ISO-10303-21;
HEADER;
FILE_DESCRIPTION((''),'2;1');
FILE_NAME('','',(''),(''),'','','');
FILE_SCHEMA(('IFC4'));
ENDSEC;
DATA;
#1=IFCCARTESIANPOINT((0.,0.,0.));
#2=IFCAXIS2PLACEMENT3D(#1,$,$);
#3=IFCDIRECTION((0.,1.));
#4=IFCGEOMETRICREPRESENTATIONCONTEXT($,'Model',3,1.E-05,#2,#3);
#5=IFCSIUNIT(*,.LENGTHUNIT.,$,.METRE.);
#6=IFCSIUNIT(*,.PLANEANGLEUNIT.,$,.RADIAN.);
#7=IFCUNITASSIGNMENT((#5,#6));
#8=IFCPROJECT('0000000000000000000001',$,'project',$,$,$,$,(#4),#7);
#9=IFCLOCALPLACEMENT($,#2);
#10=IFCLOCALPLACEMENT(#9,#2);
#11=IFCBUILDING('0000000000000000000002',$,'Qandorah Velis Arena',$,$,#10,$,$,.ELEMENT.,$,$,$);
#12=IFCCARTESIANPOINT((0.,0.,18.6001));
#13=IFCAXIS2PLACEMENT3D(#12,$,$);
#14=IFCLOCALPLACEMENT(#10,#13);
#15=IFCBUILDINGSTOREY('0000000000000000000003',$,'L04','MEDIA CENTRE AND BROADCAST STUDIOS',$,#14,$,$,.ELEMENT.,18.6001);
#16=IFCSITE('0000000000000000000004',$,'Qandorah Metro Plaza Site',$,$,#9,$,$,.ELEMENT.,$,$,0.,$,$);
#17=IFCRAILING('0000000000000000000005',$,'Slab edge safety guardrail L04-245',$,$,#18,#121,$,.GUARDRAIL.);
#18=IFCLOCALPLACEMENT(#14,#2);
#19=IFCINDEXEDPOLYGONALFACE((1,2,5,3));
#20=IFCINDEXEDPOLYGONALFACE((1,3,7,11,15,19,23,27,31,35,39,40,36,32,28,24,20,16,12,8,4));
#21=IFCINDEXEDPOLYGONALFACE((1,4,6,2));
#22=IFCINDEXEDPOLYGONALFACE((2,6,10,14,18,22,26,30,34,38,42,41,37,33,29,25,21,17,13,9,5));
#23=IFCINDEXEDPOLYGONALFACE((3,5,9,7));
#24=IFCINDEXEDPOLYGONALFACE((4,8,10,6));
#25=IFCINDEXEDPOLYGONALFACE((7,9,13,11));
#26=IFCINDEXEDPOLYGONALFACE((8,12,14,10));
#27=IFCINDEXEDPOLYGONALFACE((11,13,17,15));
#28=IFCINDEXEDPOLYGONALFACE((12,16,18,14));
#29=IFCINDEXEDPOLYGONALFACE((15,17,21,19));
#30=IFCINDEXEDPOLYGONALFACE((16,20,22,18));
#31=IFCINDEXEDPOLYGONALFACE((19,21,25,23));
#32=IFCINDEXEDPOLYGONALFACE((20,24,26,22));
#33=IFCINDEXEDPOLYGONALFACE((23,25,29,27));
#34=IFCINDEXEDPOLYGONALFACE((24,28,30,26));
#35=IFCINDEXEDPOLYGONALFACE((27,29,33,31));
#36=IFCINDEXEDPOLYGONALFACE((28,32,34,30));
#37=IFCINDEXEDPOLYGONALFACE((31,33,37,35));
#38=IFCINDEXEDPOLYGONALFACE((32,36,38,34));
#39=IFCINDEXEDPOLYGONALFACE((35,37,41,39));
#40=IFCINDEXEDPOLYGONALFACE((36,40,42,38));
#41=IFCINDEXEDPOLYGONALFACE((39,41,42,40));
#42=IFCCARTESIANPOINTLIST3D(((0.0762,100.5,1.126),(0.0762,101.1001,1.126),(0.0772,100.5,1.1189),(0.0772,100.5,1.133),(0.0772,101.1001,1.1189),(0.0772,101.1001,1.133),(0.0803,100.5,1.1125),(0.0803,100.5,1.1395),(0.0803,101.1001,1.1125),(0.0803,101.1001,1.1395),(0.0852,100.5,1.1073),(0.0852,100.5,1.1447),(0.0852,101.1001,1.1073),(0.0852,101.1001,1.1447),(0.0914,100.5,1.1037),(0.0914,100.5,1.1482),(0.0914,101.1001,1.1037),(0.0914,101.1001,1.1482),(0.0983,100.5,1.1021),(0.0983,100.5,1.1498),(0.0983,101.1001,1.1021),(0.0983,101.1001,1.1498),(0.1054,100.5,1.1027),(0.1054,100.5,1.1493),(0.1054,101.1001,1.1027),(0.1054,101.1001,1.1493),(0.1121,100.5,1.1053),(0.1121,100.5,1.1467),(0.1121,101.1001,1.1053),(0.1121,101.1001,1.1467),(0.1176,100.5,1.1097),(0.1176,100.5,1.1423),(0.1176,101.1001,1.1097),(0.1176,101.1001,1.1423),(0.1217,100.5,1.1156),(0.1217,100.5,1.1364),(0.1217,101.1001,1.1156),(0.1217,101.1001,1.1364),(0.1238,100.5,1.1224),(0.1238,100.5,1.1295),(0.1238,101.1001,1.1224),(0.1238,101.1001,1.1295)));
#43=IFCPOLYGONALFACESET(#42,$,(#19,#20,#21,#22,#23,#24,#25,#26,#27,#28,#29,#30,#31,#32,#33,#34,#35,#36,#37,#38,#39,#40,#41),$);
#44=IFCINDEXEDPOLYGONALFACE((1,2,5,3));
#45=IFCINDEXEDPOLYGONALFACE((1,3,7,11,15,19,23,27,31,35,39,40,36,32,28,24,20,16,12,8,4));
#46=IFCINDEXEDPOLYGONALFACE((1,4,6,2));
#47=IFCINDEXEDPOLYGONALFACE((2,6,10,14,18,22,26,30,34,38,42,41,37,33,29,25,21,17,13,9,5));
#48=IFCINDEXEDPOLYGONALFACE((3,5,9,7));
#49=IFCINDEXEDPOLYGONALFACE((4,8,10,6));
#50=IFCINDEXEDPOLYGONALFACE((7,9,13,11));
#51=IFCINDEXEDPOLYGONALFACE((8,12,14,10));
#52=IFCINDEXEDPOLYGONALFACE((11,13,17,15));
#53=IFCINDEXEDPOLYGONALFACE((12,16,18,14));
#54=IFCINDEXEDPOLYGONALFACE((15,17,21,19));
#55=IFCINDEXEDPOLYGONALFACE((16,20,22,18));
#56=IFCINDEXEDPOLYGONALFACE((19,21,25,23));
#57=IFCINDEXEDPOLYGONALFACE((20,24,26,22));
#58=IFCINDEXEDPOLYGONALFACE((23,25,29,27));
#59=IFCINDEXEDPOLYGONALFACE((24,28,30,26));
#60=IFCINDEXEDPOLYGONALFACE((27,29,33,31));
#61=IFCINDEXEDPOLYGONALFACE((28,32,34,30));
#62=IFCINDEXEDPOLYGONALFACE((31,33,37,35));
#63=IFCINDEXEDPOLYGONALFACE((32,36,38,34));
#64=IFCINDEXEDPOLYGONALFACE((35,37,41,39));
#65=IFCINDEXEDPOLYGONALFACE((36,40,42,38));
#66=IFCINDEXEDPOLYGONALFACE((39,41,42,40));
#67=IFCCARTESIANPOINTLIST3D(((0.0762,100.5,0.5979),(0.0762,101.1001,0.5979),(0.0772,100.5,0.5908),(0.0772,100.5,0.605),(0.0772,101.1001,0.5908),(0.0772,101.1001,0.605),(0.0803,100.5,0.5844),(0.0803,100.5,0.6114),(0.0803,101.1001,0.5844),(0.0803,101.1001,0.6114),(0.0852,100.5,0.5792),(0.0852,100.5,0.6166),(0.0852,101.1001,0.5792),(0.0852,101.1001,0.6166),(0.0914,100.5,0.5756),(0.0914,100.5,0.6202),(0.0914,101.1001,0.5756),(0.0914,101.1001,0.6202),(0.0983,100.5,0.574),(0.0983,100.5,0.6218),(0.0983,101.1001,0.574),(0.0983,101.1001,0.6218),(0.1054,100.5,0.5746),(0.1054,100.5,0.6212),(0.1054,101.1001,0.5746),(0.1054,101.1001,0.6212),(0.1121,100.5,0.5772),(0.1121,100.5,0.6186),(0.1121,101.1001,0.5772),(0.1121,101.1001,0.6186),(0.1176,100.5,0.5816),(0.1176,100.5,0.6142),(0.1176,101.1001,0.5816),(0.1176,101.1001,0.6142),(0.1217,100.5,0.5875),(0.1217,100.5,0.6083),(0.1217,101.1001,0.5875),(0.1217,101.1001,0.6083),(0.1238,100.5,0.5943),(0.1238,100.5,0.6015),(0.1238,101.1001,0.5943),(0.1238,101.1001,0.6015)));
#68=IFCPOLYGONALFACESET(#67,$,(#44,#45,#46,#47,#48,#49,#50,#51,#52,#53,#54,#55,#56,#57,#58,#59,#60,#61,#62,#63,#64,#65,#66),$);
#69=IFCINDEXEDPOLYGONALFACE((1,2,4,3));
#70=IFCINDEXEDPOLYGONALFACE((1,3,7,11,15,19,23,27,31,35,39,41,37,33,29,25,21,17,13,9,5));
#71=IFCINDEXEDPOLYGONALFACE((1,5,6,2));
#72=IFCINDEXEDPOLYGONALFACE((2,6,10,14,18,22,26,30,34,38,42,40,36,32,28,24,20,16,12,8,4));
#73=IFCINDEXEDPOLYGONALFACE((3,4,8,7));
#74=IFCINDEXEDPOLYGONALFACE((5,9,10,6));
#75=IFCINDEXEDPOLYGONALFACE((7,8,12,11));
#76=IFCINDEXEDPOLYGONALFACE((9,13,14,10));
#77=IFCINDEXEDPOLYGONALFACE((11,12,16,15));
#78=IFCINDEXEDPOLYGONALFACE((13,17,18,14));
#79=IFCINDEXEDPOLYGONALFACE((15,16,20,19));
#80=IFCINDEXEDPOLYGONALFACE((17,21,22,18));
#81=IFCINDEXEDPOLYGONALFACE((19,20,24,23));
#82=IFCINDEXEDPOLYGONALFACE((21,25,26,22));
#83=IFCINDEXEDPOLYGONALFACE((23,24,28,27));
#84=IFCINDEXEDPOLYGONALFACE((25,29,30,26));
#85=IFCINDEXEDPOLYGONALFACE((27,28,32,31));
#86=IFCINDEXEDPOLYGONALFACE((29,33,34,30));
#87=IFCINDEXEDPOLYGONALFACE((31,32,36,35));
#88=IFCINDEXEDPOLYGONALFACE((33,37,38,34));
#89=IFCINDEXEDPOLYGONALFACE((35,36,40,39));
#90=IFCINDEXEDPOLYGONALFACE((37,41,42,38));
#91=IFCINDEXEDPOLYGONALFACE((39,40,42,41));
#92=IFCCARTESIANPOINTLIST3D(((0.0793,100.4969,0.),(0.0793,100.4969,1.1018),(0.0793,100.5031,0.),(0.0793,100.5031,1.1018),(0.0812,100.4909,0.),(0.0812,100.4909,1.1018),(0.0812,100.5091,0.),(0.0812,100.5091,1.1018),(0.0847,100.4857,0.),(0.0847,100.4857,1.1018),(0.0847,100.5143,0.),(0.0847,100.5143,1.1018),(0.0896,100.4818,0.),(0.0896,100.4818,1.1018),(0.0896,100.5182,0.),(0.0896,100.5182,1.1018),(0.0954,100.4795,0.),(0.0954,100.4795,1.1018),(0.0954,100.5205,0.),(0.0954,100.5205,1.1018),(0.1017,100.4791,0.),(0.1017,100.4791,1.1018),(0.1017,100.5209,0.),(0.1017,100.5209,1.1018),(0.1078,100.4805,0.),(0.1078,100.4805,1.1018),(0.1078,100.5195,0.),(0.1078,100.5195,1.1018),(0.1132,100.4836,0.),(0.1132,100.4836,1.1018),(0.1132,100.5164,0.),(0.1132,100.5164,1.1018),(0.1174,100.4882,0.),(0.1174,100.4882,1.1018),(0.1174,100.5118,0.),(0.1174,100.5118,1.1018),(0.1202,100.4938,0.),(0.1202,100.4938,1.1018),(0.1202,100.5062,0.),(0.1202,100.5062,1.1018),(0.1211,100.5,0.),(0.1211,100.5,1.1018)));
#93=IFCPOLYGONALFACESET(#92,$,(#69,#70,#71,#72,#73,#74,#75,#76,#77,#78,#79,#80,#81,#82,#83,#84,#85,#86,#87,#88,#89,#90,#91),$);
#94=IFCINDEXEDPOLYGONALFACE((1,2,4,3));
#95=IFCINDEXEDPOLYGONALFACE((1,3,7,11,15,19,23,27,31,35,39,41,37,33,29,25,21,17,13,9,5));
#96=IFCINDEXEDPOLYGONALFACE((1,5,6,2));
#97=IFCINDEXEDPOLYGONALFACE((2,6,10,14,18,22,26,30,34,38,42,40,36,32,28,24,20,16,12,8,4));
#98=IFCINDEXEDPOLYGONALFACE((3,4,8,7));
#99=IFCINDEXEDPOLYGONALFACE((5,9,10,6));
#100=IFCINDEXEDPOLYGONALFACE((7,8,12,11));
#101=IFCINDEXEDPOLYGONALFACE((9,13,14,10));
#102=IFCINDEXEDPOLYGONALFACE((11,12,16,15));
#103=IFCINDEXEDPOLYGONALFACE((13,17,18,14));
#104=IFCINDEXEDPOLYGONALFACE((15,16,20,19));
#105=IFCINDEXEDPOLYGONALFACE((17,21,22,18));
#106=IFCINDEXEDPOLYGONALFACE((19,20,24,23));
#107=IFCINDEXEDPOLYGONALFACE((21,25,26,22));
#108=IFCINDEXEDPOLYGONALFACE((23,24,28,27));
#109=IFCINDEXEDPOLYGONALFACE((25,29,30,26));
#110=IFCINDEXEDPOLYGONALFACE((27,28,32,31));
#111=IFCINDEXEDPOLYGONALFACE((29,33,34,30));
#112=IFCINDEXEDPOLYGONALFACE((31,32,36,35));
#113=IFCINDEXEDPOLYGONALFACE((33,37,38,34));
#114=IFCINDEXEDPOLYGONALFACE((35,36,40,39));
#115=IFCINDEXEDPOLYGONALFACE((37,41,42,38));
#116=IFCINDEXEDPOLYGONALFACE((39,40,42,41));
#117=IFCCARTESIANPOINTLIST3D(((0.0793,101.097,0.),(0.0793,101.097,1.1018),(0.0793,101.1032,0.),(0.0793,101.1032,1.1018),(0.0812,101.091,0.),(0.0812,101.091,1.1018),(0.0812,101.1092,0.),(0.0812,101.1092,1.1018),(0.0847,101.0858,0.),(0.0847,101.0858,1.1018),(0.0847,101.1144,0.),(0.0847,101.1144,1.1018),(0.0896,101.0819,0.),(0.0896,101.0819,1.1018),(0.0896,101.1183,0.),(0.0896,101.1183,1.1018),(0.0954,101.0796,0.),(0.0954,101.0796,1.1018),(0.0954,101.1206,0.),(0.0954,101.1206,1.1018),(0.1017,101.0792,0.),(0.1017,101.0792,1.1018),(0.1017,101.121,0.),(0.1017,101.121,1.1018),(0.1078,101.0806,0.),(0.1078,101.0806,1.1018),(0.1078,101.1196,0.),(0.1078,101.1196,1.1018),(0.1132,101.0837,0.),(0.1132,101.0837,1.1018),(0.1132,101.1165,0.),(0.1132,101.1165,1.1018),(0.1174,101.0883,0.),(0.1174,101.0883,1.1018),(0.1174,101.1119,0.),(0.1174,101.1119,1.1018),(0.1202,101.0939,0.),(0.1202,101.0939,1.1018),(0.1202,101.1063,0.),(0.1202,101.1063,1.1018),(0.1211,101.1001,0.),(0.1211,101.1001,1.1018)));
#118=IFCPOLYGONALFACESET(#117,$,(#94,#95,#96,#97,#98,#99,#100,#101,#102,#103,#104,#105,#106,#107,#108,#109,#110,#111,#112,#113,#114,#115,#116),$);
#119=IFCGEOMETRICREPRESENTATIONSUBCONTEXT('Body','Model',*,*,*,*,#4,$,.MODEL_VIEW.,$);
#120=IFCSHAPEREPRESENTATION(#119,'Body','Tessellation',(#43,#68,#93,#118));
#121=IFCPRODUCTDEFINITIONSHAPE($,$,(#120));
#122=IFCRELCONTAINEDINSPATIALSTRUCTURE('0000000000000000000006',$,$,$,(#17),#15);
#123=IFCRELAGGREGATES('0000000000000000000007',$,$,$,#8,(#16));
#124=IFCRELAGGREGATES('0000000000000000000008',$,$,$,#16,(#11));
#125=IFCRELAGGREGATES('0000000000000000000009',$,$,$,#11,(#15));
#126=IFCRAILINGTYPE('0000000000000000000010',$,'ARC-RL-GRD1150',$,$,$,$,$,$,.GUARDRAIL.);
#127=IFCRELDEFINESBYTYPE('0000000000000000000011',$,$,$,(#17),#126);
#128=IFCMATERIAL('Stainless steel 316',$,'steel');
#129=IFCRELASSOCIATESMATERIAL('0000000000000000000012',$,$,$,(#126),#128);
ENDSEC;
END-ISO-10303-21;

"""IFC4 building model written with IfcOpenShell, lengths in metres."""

from ifc_helpers import new_model, si_unit, direction, frame, origin, origin_2d, place, context, subcontext, project, spatial, circle, extrude, material, type_object, element, save


model = new_model("IFC4")

# Units and contexts
model_context = context("Model", 3, precision=1e-05, world=origin(), true_north=direction((0.0, 1.0)))
body_context = subcontext(model_context, "Body", "Model", "MODEL_VIEW")
ifc_project = project(units=[si_unit("LENGTHUNIT", "METRE"), si_unit("PLANEANGLEUNIT", "RADIAN")], contexts=[model_context])

# Site, building, storey
site_placement = place(None, origin())
site = spatial("IfcSite", under=ifc_project, at=site_placement, Name="Qandorah Metro Plaza Site", CompositionType="ELEMENT", RefElevation=0.0)
building_placement = place(site_placement, origin())
building = spatial("IfcBuilding", under=site, at=building_placement, Name="Qandorah Velis Arena", CompositionType="ELEMENT")
storey_placement = place(building_placement, frame((0.0, 0.0, 18.6001)))
storey = spatial("IfcBuildingStorey", under=building, at=storey_placement, Name="L04", Description="MEDIA CENTRE AND BROADCAST STUDIOS", CompositionType="ELEMENT", Elevation=18.6001)

# Railing
ifc_material_1 = material(Name="Stainless steel 316", Category="steel")
railing_type = type_object("IfcRailingType", Name="ARC-RL-GRD1150", PredefinedType="GUARDRAIL", material=ifc_material_1)
railing_placement = place(storey_placement, frame((0.1001, 100.5, 0.0)))
element("IfcRailing", 1, at=railing_placement, inside=storey, type_object=railing_type, Name="Slab edge safety guardrail L04-245", PredefinedType="GUARDRAIL", context=body_context, shape_type="SweptSolid", body=[
    extrude(circle(Radius=0.0239, at=origin_2d()), frame((0.0, 0.0, 1.126), z_axis=(0.0, 1.0, 0.0), x_axis=(-1.0, 0.0, 0.0)), (0.0, 0.0, 1.0), 0.6001),
    extrude(circle(Radius=0.0239, at=origin_2d()), frame((0.0, 0.0, 0.5979), z_axis=(0.0, 1.0, 0.0), x_axis=(-1.0, 0.0, 0.0)), (0.0, 0.0, 1.0), 0.6001),
    extrude(circle(Radius=0.021, at=origin_2d()), origin(), (0.0, 0.0, 1.0), 1.1018),
    extrude(circle(Radius=0.021, at=origin_2d()), frame((0.0, 0.6001, 0.0)), (0.0, 0.0, 1.0), 1.1018),
])

save(model, "model.ifc")
